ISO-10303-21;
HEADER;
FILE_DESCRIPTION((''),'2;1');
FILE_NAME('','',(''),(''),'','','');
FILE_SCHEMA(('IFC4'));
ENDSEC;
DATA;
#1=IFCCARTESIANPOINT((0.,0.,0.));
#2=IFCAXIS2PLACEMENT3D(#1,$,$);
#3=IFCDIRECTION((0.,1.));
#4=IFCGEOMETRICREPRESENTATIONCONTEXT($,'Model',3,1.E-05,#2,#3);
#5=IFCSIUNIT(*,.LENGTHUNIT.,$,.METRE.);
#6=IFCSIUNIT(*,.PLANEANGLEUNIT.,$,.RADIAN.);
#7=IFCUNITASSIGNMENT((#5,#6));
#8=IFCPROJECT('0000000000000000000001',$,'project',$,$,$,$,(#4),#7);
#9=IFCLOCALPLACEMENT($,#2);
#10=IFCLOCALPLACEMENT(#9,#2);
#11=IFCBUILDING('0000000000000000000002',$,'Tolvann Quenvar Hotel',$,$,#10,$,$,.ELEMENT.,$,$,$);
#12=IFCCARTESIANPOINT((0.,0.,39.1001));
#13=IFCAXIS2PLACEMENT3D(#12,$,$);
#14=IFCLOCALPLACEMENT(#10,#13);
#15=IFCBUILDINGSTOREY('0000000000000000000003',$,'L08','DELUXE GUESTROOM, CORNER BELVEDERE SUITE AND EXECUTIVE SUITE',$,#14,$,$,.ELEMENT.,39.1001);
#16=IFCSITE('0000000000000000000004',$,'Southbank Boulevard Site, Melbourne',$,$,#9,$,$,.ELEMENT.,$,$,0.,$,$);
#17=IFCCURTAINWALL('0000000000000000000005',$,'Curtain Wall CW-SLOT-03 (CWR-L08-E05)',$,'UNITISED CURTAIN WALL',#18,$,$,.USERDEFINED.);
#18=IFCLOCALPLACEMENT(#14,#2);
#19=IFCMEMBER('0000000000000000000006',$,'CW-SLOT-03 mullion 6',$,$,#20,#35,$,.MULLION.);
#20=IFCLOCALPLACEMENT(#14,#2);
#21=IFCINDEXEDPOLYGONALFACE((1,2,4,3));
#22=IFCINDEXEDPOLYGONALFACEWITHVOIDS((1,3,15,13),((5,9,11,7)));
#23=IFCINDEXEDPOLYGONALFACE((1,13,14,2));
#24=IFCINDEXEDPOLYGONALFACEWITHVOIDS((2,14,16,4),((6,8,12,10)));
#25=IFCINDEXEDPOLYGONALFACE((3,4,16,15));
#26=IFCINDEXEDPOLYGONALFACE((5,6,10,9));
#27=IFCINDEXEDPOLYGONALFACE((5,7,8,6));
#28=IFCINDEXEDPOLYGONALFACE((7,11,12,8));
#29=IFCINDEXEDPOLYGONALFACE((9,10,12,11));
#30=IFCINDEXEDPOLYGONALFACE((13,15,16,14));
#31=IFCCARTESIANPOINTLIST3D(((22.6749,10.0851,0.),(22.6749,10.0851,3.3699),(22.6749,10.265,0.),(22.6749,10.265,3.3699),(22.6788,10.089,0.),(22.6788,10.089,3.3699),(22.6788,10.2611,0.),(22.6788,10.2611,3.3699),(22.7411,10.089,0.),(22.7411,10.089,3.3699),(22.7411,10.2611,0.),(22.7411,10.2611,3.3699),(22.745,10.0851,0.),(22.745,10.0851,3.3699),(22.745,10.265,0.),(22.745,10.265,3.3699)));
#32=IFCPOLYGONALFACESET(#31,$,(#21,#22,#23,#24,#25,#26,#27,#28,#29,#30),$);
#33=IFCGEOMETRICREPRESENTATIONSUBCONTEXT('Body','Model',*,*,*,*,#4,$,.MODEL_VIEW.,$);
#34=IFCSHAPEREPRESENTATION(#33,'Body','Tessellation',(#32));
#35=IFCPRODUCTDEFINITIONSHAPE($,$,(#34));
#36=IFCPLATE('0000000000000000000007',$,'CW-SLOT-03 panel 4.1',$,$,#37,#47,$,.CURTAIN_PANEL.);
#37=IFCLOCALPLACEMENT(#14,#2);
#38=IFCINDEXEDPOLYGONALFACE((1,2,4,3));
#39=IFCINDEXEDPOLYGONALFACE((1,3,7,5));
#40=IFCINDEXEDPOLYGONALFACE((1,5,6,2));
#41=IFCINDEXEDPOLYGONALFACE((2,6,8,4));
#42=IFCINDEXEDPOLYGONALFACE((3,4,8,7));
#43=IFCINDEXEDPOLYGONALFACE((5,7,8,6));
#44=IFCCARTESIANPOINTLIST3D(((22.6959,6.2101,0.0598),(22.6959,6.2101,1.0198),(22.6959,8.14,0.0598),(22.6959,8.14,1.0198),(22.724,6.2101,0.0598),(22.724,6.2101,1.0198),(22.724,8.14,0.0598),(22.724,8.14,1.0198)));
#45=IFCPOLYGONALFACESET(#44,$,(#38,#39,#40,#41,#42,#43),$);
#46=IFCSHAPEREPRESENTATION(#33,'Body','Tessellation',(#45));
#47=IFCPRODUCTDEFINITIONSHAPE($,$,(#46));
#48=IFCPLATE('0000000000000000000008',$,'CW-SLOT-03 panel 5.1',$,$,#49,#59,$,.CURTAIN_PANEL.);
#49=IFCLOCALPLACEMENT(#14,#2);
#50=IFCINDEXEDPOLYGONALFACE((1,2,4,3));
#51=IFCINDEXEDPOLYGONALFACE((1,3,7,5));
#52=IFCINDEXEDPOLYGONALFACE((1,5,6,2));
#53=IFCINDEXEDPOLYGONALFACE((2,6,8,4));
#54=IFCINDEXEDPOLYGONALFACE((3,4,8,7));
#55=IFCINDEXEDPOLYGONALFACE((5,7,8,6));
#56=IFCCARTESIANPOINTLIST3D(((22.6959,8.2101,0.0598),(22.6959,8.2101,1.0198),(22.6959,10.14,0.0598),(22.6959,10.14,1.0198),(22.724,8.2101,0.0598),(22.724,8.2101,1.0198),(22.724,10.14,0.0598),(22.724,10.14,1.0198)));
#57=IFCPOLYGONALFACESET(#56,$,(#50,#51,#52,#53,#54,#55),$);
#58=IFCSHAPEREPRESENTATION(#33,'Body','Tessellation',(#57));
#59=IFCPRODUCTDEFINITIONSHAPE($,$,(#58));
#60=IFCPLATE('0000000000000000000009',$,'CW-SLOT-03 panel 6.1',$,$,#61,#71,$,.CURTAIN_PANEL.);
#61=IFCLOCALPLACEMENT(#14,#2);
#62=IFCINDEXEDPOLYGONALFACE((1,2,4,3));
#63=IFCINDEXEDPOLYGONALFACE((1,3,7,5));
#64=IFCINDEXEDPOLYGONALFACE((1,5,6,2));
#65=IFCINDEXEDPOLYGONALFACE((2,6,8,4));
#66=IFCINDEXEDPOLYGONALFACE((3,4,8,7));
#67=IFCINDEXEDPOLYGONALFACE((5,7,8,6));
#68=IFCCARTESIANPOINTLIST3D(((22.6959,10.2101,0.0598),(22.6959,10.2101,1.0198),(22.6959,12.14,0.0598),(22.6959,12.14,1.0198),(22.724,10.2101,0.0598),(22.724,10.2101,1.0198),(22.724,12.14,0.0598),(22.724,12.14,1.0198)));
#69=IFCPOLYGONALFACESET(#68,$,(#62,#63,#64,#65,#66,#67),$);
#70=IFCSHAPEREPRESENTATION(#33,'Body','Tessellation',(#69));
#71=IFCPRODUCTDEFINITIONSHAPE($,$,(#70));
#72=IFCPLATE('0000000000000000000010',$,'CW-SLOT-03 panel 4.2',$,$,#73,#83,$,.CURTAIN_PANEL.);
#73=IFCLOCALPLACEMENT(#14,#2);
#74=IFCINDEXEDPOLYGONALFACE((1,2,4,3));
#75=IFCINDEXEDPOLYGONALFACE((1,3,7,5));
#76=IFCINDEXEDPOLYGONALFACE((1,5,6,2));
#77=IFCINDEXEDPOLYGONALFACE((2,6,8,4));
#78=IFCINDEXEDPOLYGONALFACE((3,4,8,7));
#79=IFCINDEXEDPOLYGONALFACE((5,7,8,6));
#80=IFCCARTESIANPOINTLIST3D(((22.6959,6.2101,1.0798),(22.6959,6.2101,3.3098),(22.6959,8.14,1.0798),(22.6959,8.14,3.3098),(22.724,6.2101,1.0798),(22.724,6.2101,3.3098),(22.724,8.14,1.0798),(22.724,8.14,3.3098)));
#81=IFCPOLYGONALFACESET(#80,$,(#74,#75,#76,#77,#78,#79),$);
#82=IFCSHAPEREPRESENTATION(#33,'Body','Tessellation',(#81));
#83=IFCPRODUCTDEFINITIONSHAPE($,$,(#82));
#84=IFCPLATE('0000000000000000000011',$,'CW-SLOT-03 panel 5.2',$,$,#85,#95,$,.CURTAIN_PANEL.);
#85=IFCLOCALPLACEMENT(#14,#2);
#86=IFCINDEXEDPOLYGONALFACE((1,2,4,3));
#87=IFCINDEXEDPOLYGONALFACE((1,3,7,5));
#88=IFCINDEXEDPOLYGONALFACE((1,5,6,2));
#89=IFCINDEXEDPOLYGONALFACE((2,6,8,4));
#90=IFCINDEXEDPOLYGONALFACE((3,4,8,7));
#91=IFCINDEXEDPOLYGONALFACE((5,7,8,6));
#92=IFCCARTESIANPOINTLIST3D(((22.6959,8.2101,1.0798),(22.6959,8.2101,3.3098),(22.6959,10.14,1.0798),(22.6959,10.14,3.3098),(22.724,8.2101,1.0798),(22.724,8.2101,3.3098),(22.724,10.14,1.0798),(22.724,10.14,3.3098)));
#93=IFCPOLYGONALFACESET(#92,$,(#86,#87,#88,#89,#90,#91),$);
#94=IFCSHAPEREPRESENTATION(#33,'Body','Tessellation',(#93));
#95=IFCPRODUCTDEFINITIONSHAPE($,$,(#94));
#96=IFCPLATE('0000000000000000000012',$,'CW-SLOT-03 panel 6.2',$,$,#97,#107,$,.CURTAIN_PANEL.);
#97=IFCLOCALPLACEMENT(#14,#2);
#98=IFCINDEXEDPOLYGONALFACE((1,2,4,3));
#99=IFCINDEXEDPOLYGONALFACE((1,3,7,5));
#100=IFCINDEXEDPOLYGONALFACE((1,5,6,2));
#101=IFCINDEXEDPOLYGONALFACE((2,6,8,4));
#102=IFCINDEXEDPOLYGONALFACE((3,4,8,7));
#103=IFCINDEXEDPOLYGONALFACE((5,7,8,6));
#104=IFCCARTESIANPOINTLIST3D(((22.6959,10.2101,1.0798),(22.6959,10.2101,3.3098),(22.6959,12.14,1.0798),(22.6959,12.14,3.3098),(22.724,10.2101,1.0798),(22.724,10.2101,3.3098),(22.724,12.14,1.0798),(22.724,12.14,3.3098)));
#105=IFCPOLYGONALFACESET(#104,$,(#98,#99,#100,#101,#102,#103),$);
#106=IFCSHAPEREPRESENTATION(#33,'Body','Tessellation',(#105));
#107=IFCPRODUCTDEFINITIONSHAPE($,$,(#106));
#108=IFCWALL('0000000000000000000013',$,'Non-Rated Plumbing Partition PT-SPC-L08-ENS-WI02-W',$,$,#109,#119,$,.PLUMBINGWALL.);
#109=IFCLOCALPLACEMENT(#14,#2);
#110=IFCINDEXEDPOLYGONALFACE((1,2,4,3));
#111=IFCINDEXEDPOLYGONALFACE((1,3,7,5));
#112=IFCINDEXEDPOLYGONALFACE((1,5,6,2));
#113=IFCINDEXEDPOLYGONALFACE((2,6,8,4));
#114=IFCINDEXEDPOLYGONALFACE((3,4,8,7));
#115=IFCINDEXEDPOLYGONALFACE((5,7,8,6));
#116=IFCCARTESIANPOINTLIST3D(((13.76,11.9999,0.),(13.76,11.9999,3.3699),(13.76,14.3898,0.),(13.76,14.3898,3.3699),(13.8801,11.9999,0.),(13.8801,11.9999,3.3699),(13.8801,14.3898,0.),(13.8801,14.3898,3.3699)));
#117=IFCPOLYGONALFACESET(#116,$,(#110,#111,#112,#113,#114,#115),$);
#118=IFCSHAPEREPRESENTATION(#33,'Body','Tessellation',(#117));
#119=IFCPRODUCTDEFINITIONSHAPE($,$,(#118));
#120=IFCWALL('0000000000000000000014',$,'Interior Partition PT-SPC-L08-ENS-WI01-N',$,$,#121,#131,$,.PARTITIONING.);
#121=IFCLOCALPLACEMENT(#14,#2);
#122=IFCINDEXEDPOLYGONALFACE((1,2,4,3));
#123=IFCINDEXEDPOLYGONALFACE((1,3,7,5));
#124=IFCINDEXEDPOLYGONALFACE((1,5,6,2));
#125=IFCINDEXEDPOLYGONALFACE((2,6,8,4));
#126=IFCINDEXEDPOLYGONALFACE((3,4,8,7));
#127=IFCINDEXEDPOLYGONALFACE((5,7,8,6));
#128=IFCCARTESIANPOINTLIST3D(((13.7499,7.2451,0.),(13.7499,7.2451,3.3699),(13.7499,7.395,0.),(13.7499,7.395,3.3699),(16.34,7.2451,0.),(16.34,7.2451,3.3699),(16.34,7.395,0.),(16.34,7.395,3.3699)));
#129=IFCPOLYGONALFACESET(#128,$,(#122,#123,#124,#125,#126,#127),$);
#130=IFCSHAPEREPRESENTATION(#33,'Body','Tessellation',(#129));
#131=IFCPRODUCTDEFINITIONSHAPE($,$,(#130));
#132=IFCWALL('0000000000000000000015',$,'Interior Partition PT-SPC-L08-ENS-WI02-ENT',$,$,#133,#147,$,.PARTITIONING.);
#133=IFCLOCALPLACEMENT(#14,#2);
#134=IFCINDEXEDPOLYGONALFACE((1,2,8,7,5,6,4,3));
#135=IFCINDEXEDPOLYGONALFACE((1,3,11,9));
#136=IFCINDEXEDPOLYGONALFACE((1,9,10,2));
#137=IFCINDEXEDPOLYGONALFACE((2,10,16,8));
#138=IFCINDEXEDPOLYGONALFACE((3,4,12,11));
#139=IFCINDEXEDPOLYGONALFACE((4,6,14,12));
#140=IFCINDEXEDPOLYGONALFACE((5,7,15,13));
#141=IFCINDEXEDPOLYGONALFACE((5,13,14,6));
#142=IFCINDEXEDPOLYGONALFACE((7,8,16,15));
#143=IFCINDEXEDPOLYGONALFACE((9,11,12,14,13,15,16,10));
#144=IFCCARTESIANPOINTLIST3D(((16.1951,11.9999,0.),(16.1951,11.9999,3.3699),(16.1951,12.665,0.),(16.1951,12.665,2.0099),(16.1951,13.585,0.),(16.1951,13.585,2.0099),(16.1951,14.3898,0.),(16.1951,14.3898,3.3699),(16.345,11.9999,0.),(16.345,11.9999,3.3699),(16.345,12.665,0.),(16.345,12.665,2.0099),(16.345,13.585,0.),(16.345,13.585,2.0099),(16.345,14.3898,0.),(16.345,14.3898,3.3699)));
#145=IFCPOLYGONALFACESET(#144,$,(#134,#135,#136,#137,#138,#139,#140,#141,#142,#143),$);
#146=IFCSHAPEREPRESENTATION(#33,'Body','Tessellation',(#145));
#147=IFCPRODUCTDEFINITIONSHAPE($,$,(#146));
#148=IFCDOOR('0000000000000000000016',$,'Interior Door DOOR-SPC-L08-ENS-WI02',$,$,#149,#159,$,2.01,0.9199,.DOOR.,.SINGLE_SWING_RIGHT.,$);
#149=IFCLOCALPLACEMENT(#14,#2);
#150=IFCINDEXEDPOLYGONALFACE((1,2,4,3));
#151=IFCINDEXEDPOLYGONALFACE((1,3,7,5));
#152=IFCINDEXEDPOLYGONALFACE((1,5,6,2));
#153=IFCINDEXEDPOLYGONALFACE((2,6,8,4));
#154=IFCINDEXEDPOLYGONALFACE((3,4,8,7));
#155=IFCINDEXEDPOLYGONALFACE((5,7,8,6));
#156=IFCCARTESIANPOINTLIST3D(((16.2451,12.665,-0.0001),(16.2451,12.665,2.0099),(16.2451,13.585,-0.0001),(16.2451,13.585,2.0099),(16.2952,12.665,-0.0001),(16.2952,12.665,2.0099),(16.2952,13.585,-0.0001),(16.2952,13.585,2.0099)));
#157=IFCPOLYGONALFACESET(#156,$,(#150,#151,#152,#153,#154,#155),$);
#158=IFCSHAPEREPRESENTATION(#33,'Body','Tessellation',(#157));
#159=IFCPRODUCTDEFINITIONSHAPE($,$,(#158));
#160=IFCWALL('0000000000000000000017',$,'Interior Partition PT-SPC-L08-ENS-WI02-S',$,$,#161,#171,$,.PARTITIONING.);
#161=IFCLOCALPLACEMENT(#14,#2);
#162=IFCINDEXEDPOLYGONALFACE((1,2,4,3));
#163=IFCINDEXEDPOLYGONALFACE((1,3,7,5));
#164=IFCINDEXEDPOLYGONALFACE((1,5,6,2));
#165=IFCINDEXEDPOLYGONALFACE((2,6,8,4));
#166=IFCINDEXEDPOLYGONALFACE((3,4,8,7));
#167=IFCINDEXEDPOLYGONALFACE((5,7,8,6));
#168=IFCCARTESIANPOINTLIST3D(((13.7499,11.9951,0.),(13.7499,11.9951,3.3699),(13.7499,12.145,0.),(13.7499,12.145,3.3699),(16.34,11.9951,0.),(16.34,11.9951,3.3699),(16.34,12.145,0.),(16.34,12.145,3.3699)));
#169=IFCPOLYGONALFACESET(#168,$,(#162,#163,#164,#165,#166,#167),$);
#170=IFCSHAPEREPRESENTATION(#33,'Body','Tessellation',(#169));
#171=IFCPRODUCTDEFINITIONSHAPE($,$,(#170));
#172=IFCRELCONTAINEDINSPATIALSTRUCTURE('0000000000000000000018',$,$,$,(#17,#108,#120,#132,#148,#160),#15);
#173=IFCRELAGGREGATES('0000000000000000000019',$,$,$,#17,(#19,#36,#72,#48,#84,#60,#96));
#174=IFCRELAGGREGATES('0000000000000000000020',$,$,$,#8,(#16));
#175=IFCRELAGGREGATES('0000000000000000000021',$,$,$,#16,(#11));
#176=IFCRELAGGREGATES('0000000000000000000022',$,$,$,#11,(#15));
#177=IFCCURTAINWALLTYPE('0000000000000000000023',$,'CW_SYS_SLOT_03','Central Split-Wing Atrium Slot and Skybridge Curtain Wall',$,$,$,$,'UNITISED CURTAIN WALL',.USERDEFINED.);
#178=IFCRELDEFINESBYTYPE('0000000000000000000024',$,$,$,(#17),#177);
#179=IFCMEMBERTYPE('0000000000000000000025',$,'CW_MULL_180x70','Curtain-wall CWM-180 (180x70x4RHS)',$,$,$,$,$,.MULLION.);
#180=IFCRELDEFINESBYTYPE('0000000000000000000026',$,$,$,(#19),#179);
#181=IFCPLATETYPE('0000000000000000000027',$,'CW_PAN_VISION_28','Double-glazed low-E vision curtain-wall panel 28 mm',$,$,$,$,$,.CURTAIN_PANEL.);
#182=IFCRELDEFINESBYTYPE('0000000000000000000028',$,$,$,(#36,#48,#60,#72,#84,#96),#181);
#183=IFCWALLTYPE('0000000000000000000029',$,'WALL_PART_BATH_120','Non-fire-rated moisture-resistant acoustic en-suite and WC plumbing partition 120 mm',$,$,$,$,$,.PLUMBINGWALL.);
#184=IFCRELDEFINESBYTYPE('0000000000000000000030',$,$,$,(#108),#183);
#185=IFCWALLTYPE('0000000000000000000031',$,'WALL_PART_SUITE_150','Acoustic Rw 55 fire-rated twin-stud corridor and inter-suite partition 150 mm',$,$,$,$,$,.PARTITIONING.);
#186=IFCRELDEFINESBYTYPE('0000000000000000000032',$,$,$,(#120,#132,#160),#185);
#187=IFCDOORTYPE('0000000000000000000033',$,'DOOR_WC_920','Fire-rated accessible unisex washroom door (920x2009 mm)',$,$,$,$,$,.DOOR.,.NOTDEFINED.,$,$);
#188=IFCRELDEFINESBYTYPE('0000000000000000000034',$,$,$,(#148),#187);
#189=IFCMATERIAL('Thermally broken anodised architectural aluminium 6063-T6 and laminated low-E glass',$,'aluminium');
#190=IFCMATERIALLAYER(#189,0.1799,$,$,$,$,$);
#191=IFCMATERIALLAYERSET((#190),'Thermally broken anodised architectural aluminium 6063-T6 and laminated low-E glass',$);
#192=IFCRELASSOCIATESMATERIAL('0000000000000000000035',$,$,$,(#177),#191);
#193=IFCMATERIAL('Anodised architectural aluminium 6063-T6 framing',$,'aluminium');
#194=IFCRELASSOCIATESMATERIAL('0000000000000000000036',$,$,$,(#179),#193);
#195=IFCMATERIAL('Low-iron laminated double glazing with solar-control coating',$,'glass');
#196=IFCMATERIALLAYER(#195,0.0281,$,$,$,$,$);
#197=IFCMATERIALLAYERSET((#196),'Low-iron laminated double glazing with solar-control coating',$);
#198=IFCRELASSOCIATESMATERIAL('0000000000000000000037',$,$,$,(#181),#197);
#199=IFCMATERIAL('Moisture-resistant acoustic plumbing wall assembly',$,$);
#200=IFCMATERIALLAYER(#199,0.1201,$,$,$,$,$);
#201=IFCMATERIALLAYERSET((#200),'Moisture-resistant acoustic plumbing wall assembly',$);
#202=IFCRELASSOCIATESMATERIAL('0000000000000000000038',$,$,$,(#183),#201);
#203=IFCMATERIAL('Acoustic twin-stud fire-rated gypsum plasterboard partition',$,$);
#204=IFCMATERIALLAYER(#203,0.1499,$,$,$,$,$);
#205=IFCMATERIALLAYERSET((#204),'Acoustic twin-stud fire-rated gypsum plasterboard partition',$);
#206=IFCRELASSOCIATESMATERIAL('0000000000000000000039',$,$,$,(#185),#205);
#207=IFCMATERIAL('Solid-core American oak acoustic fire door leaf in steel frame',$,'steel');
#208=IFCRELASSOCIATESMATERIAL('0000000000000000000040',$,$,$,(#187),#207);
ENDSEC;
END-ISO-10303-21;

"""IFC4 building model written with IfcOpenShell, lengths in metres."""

from ifc_helpers import new_model, si_unit, direction, frame, frame_2d, origin, origin_2d, place, context, subcontext, project, spatial, rectangle, hollow_rectangle, extrude, source, transform, mapped, material, layer, layer_set, material_profile, profile_set, type_object, type_shapes, element, fill, aggregate, save


model = new_model("IFC4")

# Units and contexts
model_context = context("Model", 3, precision=1e-05, world=origin(), true_north=direction((0.0, 1.0)))
body_context = subcontext(model_context, "Body", "Model", "MODEL_VIEW")
ifc_project = project(units=[si_unit("LENGTHUNIT", "METRE"), si_unit("PLANEANGLEUNIT", "RADIAN")], contexts=[model_context])

# Site, building, storey
site_placement = place(None, origin())
site = spatial("IfcSite", under=ifc_project, at=site_placement, Name="Southbank Boulevard Site, Melbourne", CompositionType="ELEMENT", RefElevation=0.0)
building_placement = place(site_placement, origin())
building = spatial("IfcBuilding", under=site, at=building_placement, Name="Tolvann Quenvar Hotel", CompositionType="ELEMENT")
storey_placement = place(building_placement, frame((0.0, 0.0, 39.1001)))
storey = spatial("IfcBuildingStorey", under=building, at=storey_placement, Name="L08", Description="DELUXE GUESTROOM, CORNER BELVEDERE SUITE AND EXECUTIVE SUITE", CompositionType="ELEMENT", Elevation=39.1001)

# Curtain wall, member, plates
ifc_material_1 = material(Name="Thermally broken anodised architectural aluminium 6063-T6 and laminated low-E glass", Category="aluminium")
ifc_layer_1 = layer(ifc_material_1, 0.1799)
ifc_layer_set_1 = layer_set([ifc_layer_1], Name="Thermally broken anodised architectural aluminium 6063-T6 and laminated low-E glass")
curtain_wall_type = type_object("IfcCurtainWallType", Name="CW_SYS_SLOT_03", Description="Central Split-Wing Atrium Slot and Skybridge Curtain Wall", ElementType="UNITISED CURTAIN WALL", PredefinedType="USERDEFINED", material=ifc_layer_set_1)
curtain_wall_placement = place(storey_placement, origin())
curtain_wall = element("IfcCurtainWall", 1, at=curtain_wall_placement, inside=storey, type_object=curtain_wall_type, Name="Curtain Wall CW-SLOT-03 (CWR-L08-E05)", ObjectType="UNITISED CURTAIN WALL", PredefinedType="USERDEFINED")
ifc_material_2 = material(Name="Anodised architectural aluminium 6063-T6 framing", Category="aluminium")
ifc_material_profile_1 = material_profile(ifc_material_2, hollow_rectangle(XDim=0.0701, YDim=0.1799, WallThickness=0.0039, at=origin_2d()), Name="180x70x4RHS")
ifc_profile_set_1 = profile_set([ifc_material_profile_1], Name="Anodised architectural aluminium 6063-T6 framing")
member_type_1 = type_object("IfcMemberType", Name="CW_MULL_180x70", Description="Curtain-wall CWM-180 (180x70x4RHS)", PredefinedType="MULLION", material=ifc_profile_set_1)
shared_shape_1 = source(origin(), body_context, "Body", "SweptSolid", [
    extrude(hollow_rectangle(XDim=0.0701, YDim=0.1799, WallThickness=0.0039, at=origin_2d()), origin(), (0.0, 0.0, 1.0), 3.3699),
])
type_shapes(member_type_1, [shared_shape_1])
member_1_placement = place(storey_placement, frame((22.71, 10.175, 0.0), z_axis=(0.0, 0.0, 1.0), x_axis=(-1.0, 0.0, 0.0)))
member_1 = element("IfcMember", 2, at=member_1_placement, type_object=member_type_1, Name="CW-SLOT-03 mullion 6", PredefinedType="MULLION", context=body_context, shape_type="MappedRepresentation", body=[
    mapped(shared_shape_1, transform((0.0, 0.0, 0.0), x_axis=(1.0, 0.0, 0.0), y_axis=(0.0, 1.0, 0.0), z_axis=(0.0, 0.0, 1.0), scale=1.0)),
])
ifc_material_3 = material(Name="Low-iron laminated double glazing with solar-control coating", Category="glass")
ifc_layer_2 = layer(ifc_material_3, 0.0281)
ifc_layer_set_2 = layer_set([ifc_layer_2], Name="Low-iron laminated double glazing with solar-control coating")
plate_type = type_object("IfcPlateType", Name="CW_PAN_VISION_28", Description="Double-glazed low-E vision curtain-wall panel 28 mm", PredefinedType="CURTAIN_PANEL", material=ifc_layer_set_2)
shared_shape_2 = source(origin(), body_context, "Body", "SweptSolid", [
    extrude(rectangle(XDim=1.9299, YDim=0.0281, at=origin_2d()), origin(), (0.0, 0.0, 1.0), 0.96),
])
plate_1_placement = place(storey_placement, frame((22.71, 7.175, 0.0598), z_axis=(0.0, 0.0, 1.0), x_axis=(0.0, 1.0, 0.0)))
plate_1 = element("IfcPlate", 3, at=plate_1_placement, type_object=plate_type, Name="CW-SLOT-03 panel 4.1", PredefinedType="CURTAIN_PANEL", context=body_context, shape_type="MappedRepresentation", body=[
    mapped(shared_shape_2, transform((0.0, 0.0, 0.0), x_axis=(1.0, 0.0, 0.0), y_axis=(0.0, 1.0, 0.0), z_axis=(0.0, 0.0, 1.0), scale=1.0)),
])
plate_2_placement = place(storey_placement, frame((22.71, 9.175, 0.0598), z_axis=(0.0, 0.0, 1.0), x_axis=(0.0, 1.0, 0.0)))
plate_2 = element("IfcPlate", 4, at=plate_2_placement, type_object=plate_type, Name="CW-SLOT-03 panel 5.1", PredefinedType="CURTAIN_PANEL", context=body_context, shape_type="MappedRepresentation", body=[
    mapped(shared_shape_2, transform((0.0, 0.0, 0.0), x_axis=(1.0, 0.0, 0.0), y_axis=(0.0, 1.0, 0.0), z_axis=(0.0, 0.0, 1.0), scale=1.0)),
])
plate_3_placement = place(storey_placement, frame((22.71, 11.175, 0.0598), z_axis=(0.0, 0.0, 1.0), x_axis=(0.0, 1.0, 0.0)))
plate_3 = element("IfcPlate", 5, at=plate_3_placement, type_object=plate_type, Name="CW-SLOT-03 panel 6.1", PredefinedType="CURTAIN_PANEL", context=body_context, shape_type="MappedRepresentation", body=[
    mapped(shared_shape_2, transform((0.0, 0.0, 0.0), x_axis=(1.0, 0.0, 0.0), y_axis=(0.0, 1.0, 0.0), z_axis=(0.0, 0.0, 1.0), scale=1.0)),
])
shared_shape_3 = source(origin(), body_context, "Body", "SweptSolid", [
    extrude(rectangle(XDim=1.9299, YDim=0.0281, at=origin_2d()), origin(), (0.0, 0.0, 1.0), 2.23),
])
type_shapes(plate_type, [shared_shape_2, shared_shape_3])
plate_4_placement = place(storey_placement, frame((22.71, 7.175, 1.0798), z_axis=(0.0, 0.0, 1.0), x_axis=(0.0, 1.0, 0.0)))
plate_4 = element("IfcPlate", 6, at=plate_4_placement, type_object=plate_type, Name="CW-SLOT-03 panel 4.2", PredefinedType="CURTAIN_PANEL", context=body_context, shape_type="MappedRepresentation", body=[
    mapped(shared_shape_3, transform((0.0, 0.0, 0.0), x_axis=(1.0, 0.0, 0.0), y_axis=(0.0, 1.0, 0.0), z_axis=(0.0, 0.0, 1.0), scale=1.0)),
])
plate_5_placement = place(storey_placement, frame((22.71, 9.175, 1.0798), z_axis=(0.0, 0.0, 1.0), x_axis=(0.0, 1.0, 0.0)))
plate_5 = element("IfcPlate", 7, at=plate_5_placement, type_object=plate_type, Name="CW-SLOT-03 panel 5.2", PredefinedType="CURTAIN_PANEL", context=body_context, shape_type="MappedRepresentation", body=[
    mapped(shared_shape_3, transform((0.0, 0.0, 0.0), x_axis=(1.0, 0.0, 0.0), y_axis=(0.0, 1.0, 0.0), z_axis=(0.0, 0.0, 1.0), scale=1.0)),
])
plate_6_placement = place(storey_placement, frame((22.71, 11.175, 1.0798), z_axis=(0.0, 0.0, 1.0), x_axis=(0.0, 1.0, 0.0)))
plate_6 = element("IfcPlate", 8, at=plate_6_placement, type_object=plate_type, Name="CW-SLOT-03 panel 6.2", PredefinedType="CURTAIN_PANEL", context=body_context, shape_type="MappedRepresentation", body=[
    mapped(shared_shape_3, transform((0.0, 0.0, 0.0), x_axis=(1.0, 0.0, 0.0), y_axis=(0.0, 1.0, 0.0), z_axis=(0.0, 0.0, 1.0), scale=1.0)),
])
aggregate(curtain_wall, [member_1, plate_1, plate_4, plate_2, plate_5, plate_3, plate_6])

# Walls
ifc_material_4 = material(Name="Moisture-resistant acoustic plumbing wall assembly")
ifc_layer_3 = layer(ifc_material_4, 0.1201)
ifc_layer_set_3 = layer_set([ifc_layer_3], Name="Moisture-resistant acoustic plumbing wall assembly")
wall_type_1 = type_object("IfcWallType", Name="WALL_PART_BATH_120", Description="Non-fire-rated moisture-resistant acoustic en-suite and WC plumbing partition 120 mm", PredefinedType="PLUMBINGWALL", material=ifc_layer_set_3)
wall_1_placement = place(storey_placement, frame((13.8201, 12.0, 0.0), z_axis=(0.0, 0.0, 1.0), x_axis=(0.0, 1.0, 0.0)))
element("IfcWall", 9, at=wall_1_placement, inside=storey, type_object=wall_type_1, Name="Non-Rated Plumbing Partition PT-SPC-L08-ENS-WI02-W", PredefinedType="PLUMBINGWALL", context=body_context, shape_type="SweptSolid", body=[
    extrude(rectangle(XDim=2.3899, YDim=0.1201, at=frame_2d((1.1948, 0.0))), origin(), (0.0, 0.0, 1.0), 3.3699),
])
ifc_material_5 = material(Name="Acoustic twin-stud fire-rated gypsum plasterboard partition")
ifc_layer_4 = layer(ifc_material_5, 0.1499)
ifc_layer_set_4 = layer_set([ifc_layer_4], Name="Acoustic twin-stud fire-rated gypsum plasterboard partition")
wall_type_2 = type_object("IfcWallType", Name="WALL_PART_SUITE_150", Description="Acoustic Rw 55 fire-rated twin-stud corridor and inter-suite partition 150 mm", PredefinedType="PARTITIONING", material=ifc_layer_set_4)
wall_2_placement = place(storey_placement, frame((13.75, 7.3201, 0.0), z_axis=(0.0, 0.0, 1.0), x_axis=(1.0, 0.0, 0.0)))
element("IfcWall", 10, at=wall_2_placement, inside=storey, type_object=wall_type_2, Name="Interior Partition PT-SPC-L08-ENS-WI01-N", PredefinedType="PARTITIONING", context=body_context, shape_type="SweptSolid", body=[
    extrude(rectangle(XDim=2.5901, YDim=0.1499, at=frame_2d((1.2949, 0.0))), origin(), (0.0, 0.0, 1.0), 3.3699),
])

# Wall, opening, door
wall_3_placement = place(storey_placement, frame((16.27, 12.0, 0.0), z_axis=(0.0, 0.0, 1.0), x_axis=(0.0, 1.0, 0.0)))
wall_3 = element("IfcWall", 11, at=wall_3_placement, inside=storey, type_object=wall_type_2, Name="Interior Partition PT-SPC-L08-ENS-WI02-ENT", PredefinedType="PARTITIONING", context=body_context, shape_type="SweptSolid", body=[
    extrude(rectangle(XDim=2.3899, YDim=0.1499, at=frame_2d((1.1948, 0.0))), origin(), (0.0, 0.0, 1.0), 3.3699),
])
opening_1_placement = place(wall_3_placement, frame((0.665, 0.0, 0.0)))
opening_1 = element("IfcOpeningElement", 12, at=opening_1_placement, cuts=wall_3, PredefinedType="OPENING", context=body_context, shape_type="SweptSolid", body=[
    extrude(rectangle(XDim=0.9199, YDim=2.01, at=frame_2d((0.46, 1.0049))), frame((0.0, 0.085, 0.0), z_axis=(0.0, -1.0, 0.0), x_axis=(1.0, 0.0, 0.0)), (0.0, 0.0, 1.0), 0.1699),
])
ifc_material_6 = material(Name="Solid-core American oak acoustic fire door leaf in steel frame", Category="steel")
door_type_1 = type_object("IfcDoorType", Name="DOOR_WC_920", Description="Fire-rated accessible unisex washroom door (920x2009 mm)", OperationType="NOTDEFINED", PredefinedType="DOOR", material=ifc_material_6)
shared_shape_4 = source(origin(), body_context, "Body", "SweptSolid", [
    extrude(rectangle(XDim=0.9199, YDim=2.01, at=frame_2d((0.46, 1.0049))), frame((0.0, 0.0249, 0.0), z_axis=(0.0, -1.0, 0.0), x_axis=(1.0, 0.0, 0.0)), (0.0, 0.0, 1.0), 0.05),
])
type_shapes(door_type_1, [shared_shape_4])
door_1_placement = place(opening_1_placement, origin())
door_1 = element("IfcDoor", 13, at=door_1_placement, inside=storey, type_object=door_type_1, Name="Interior Door DOOR-SPC-L08-ENS-WI02", OperationType="SINGLE_SWING_RIGHT", OverallHeight=2.01, OverallWidth=0.9199, PredefinedType="DOOR", context=body_context, shape_type="MappedRepresentation", body=[
    mapped(shared_shape_4, transform((0.0, 0.0, 0.0), x_axis=(1.0, 0.0, 0.0), y_axis=(0.0, 1.0, 0.0), z_axis=(0.0, 0.0, 1.0), scale=1.0)),
])
fill(opening_1, door_1)

# Wall
wall_4_placement = place(storey_placement, frame((13.75, 12.0701, 0.0), z_axis=(0.0, 0.0, 1.0), x_axis=(1.0, 0.0, 0.0)))
element("IfcWall", 14, at=wall_4_placement, inside=storey, type_object=wall_type_2, Name="Interior Partition PT-SPC-L08-ENS-WI02-S", PredefinedType="PARTITIONING", context=body_context, shape_type="SweptSolid", body=[
    extrude(rectangle(XDim=2.5901, YDim=0.1499, at=frame_2d((1.2949, 0.0))), origin(), (0.0, 0.0, 1.0), 3.3699),
])

save(model, "model.ifc")
